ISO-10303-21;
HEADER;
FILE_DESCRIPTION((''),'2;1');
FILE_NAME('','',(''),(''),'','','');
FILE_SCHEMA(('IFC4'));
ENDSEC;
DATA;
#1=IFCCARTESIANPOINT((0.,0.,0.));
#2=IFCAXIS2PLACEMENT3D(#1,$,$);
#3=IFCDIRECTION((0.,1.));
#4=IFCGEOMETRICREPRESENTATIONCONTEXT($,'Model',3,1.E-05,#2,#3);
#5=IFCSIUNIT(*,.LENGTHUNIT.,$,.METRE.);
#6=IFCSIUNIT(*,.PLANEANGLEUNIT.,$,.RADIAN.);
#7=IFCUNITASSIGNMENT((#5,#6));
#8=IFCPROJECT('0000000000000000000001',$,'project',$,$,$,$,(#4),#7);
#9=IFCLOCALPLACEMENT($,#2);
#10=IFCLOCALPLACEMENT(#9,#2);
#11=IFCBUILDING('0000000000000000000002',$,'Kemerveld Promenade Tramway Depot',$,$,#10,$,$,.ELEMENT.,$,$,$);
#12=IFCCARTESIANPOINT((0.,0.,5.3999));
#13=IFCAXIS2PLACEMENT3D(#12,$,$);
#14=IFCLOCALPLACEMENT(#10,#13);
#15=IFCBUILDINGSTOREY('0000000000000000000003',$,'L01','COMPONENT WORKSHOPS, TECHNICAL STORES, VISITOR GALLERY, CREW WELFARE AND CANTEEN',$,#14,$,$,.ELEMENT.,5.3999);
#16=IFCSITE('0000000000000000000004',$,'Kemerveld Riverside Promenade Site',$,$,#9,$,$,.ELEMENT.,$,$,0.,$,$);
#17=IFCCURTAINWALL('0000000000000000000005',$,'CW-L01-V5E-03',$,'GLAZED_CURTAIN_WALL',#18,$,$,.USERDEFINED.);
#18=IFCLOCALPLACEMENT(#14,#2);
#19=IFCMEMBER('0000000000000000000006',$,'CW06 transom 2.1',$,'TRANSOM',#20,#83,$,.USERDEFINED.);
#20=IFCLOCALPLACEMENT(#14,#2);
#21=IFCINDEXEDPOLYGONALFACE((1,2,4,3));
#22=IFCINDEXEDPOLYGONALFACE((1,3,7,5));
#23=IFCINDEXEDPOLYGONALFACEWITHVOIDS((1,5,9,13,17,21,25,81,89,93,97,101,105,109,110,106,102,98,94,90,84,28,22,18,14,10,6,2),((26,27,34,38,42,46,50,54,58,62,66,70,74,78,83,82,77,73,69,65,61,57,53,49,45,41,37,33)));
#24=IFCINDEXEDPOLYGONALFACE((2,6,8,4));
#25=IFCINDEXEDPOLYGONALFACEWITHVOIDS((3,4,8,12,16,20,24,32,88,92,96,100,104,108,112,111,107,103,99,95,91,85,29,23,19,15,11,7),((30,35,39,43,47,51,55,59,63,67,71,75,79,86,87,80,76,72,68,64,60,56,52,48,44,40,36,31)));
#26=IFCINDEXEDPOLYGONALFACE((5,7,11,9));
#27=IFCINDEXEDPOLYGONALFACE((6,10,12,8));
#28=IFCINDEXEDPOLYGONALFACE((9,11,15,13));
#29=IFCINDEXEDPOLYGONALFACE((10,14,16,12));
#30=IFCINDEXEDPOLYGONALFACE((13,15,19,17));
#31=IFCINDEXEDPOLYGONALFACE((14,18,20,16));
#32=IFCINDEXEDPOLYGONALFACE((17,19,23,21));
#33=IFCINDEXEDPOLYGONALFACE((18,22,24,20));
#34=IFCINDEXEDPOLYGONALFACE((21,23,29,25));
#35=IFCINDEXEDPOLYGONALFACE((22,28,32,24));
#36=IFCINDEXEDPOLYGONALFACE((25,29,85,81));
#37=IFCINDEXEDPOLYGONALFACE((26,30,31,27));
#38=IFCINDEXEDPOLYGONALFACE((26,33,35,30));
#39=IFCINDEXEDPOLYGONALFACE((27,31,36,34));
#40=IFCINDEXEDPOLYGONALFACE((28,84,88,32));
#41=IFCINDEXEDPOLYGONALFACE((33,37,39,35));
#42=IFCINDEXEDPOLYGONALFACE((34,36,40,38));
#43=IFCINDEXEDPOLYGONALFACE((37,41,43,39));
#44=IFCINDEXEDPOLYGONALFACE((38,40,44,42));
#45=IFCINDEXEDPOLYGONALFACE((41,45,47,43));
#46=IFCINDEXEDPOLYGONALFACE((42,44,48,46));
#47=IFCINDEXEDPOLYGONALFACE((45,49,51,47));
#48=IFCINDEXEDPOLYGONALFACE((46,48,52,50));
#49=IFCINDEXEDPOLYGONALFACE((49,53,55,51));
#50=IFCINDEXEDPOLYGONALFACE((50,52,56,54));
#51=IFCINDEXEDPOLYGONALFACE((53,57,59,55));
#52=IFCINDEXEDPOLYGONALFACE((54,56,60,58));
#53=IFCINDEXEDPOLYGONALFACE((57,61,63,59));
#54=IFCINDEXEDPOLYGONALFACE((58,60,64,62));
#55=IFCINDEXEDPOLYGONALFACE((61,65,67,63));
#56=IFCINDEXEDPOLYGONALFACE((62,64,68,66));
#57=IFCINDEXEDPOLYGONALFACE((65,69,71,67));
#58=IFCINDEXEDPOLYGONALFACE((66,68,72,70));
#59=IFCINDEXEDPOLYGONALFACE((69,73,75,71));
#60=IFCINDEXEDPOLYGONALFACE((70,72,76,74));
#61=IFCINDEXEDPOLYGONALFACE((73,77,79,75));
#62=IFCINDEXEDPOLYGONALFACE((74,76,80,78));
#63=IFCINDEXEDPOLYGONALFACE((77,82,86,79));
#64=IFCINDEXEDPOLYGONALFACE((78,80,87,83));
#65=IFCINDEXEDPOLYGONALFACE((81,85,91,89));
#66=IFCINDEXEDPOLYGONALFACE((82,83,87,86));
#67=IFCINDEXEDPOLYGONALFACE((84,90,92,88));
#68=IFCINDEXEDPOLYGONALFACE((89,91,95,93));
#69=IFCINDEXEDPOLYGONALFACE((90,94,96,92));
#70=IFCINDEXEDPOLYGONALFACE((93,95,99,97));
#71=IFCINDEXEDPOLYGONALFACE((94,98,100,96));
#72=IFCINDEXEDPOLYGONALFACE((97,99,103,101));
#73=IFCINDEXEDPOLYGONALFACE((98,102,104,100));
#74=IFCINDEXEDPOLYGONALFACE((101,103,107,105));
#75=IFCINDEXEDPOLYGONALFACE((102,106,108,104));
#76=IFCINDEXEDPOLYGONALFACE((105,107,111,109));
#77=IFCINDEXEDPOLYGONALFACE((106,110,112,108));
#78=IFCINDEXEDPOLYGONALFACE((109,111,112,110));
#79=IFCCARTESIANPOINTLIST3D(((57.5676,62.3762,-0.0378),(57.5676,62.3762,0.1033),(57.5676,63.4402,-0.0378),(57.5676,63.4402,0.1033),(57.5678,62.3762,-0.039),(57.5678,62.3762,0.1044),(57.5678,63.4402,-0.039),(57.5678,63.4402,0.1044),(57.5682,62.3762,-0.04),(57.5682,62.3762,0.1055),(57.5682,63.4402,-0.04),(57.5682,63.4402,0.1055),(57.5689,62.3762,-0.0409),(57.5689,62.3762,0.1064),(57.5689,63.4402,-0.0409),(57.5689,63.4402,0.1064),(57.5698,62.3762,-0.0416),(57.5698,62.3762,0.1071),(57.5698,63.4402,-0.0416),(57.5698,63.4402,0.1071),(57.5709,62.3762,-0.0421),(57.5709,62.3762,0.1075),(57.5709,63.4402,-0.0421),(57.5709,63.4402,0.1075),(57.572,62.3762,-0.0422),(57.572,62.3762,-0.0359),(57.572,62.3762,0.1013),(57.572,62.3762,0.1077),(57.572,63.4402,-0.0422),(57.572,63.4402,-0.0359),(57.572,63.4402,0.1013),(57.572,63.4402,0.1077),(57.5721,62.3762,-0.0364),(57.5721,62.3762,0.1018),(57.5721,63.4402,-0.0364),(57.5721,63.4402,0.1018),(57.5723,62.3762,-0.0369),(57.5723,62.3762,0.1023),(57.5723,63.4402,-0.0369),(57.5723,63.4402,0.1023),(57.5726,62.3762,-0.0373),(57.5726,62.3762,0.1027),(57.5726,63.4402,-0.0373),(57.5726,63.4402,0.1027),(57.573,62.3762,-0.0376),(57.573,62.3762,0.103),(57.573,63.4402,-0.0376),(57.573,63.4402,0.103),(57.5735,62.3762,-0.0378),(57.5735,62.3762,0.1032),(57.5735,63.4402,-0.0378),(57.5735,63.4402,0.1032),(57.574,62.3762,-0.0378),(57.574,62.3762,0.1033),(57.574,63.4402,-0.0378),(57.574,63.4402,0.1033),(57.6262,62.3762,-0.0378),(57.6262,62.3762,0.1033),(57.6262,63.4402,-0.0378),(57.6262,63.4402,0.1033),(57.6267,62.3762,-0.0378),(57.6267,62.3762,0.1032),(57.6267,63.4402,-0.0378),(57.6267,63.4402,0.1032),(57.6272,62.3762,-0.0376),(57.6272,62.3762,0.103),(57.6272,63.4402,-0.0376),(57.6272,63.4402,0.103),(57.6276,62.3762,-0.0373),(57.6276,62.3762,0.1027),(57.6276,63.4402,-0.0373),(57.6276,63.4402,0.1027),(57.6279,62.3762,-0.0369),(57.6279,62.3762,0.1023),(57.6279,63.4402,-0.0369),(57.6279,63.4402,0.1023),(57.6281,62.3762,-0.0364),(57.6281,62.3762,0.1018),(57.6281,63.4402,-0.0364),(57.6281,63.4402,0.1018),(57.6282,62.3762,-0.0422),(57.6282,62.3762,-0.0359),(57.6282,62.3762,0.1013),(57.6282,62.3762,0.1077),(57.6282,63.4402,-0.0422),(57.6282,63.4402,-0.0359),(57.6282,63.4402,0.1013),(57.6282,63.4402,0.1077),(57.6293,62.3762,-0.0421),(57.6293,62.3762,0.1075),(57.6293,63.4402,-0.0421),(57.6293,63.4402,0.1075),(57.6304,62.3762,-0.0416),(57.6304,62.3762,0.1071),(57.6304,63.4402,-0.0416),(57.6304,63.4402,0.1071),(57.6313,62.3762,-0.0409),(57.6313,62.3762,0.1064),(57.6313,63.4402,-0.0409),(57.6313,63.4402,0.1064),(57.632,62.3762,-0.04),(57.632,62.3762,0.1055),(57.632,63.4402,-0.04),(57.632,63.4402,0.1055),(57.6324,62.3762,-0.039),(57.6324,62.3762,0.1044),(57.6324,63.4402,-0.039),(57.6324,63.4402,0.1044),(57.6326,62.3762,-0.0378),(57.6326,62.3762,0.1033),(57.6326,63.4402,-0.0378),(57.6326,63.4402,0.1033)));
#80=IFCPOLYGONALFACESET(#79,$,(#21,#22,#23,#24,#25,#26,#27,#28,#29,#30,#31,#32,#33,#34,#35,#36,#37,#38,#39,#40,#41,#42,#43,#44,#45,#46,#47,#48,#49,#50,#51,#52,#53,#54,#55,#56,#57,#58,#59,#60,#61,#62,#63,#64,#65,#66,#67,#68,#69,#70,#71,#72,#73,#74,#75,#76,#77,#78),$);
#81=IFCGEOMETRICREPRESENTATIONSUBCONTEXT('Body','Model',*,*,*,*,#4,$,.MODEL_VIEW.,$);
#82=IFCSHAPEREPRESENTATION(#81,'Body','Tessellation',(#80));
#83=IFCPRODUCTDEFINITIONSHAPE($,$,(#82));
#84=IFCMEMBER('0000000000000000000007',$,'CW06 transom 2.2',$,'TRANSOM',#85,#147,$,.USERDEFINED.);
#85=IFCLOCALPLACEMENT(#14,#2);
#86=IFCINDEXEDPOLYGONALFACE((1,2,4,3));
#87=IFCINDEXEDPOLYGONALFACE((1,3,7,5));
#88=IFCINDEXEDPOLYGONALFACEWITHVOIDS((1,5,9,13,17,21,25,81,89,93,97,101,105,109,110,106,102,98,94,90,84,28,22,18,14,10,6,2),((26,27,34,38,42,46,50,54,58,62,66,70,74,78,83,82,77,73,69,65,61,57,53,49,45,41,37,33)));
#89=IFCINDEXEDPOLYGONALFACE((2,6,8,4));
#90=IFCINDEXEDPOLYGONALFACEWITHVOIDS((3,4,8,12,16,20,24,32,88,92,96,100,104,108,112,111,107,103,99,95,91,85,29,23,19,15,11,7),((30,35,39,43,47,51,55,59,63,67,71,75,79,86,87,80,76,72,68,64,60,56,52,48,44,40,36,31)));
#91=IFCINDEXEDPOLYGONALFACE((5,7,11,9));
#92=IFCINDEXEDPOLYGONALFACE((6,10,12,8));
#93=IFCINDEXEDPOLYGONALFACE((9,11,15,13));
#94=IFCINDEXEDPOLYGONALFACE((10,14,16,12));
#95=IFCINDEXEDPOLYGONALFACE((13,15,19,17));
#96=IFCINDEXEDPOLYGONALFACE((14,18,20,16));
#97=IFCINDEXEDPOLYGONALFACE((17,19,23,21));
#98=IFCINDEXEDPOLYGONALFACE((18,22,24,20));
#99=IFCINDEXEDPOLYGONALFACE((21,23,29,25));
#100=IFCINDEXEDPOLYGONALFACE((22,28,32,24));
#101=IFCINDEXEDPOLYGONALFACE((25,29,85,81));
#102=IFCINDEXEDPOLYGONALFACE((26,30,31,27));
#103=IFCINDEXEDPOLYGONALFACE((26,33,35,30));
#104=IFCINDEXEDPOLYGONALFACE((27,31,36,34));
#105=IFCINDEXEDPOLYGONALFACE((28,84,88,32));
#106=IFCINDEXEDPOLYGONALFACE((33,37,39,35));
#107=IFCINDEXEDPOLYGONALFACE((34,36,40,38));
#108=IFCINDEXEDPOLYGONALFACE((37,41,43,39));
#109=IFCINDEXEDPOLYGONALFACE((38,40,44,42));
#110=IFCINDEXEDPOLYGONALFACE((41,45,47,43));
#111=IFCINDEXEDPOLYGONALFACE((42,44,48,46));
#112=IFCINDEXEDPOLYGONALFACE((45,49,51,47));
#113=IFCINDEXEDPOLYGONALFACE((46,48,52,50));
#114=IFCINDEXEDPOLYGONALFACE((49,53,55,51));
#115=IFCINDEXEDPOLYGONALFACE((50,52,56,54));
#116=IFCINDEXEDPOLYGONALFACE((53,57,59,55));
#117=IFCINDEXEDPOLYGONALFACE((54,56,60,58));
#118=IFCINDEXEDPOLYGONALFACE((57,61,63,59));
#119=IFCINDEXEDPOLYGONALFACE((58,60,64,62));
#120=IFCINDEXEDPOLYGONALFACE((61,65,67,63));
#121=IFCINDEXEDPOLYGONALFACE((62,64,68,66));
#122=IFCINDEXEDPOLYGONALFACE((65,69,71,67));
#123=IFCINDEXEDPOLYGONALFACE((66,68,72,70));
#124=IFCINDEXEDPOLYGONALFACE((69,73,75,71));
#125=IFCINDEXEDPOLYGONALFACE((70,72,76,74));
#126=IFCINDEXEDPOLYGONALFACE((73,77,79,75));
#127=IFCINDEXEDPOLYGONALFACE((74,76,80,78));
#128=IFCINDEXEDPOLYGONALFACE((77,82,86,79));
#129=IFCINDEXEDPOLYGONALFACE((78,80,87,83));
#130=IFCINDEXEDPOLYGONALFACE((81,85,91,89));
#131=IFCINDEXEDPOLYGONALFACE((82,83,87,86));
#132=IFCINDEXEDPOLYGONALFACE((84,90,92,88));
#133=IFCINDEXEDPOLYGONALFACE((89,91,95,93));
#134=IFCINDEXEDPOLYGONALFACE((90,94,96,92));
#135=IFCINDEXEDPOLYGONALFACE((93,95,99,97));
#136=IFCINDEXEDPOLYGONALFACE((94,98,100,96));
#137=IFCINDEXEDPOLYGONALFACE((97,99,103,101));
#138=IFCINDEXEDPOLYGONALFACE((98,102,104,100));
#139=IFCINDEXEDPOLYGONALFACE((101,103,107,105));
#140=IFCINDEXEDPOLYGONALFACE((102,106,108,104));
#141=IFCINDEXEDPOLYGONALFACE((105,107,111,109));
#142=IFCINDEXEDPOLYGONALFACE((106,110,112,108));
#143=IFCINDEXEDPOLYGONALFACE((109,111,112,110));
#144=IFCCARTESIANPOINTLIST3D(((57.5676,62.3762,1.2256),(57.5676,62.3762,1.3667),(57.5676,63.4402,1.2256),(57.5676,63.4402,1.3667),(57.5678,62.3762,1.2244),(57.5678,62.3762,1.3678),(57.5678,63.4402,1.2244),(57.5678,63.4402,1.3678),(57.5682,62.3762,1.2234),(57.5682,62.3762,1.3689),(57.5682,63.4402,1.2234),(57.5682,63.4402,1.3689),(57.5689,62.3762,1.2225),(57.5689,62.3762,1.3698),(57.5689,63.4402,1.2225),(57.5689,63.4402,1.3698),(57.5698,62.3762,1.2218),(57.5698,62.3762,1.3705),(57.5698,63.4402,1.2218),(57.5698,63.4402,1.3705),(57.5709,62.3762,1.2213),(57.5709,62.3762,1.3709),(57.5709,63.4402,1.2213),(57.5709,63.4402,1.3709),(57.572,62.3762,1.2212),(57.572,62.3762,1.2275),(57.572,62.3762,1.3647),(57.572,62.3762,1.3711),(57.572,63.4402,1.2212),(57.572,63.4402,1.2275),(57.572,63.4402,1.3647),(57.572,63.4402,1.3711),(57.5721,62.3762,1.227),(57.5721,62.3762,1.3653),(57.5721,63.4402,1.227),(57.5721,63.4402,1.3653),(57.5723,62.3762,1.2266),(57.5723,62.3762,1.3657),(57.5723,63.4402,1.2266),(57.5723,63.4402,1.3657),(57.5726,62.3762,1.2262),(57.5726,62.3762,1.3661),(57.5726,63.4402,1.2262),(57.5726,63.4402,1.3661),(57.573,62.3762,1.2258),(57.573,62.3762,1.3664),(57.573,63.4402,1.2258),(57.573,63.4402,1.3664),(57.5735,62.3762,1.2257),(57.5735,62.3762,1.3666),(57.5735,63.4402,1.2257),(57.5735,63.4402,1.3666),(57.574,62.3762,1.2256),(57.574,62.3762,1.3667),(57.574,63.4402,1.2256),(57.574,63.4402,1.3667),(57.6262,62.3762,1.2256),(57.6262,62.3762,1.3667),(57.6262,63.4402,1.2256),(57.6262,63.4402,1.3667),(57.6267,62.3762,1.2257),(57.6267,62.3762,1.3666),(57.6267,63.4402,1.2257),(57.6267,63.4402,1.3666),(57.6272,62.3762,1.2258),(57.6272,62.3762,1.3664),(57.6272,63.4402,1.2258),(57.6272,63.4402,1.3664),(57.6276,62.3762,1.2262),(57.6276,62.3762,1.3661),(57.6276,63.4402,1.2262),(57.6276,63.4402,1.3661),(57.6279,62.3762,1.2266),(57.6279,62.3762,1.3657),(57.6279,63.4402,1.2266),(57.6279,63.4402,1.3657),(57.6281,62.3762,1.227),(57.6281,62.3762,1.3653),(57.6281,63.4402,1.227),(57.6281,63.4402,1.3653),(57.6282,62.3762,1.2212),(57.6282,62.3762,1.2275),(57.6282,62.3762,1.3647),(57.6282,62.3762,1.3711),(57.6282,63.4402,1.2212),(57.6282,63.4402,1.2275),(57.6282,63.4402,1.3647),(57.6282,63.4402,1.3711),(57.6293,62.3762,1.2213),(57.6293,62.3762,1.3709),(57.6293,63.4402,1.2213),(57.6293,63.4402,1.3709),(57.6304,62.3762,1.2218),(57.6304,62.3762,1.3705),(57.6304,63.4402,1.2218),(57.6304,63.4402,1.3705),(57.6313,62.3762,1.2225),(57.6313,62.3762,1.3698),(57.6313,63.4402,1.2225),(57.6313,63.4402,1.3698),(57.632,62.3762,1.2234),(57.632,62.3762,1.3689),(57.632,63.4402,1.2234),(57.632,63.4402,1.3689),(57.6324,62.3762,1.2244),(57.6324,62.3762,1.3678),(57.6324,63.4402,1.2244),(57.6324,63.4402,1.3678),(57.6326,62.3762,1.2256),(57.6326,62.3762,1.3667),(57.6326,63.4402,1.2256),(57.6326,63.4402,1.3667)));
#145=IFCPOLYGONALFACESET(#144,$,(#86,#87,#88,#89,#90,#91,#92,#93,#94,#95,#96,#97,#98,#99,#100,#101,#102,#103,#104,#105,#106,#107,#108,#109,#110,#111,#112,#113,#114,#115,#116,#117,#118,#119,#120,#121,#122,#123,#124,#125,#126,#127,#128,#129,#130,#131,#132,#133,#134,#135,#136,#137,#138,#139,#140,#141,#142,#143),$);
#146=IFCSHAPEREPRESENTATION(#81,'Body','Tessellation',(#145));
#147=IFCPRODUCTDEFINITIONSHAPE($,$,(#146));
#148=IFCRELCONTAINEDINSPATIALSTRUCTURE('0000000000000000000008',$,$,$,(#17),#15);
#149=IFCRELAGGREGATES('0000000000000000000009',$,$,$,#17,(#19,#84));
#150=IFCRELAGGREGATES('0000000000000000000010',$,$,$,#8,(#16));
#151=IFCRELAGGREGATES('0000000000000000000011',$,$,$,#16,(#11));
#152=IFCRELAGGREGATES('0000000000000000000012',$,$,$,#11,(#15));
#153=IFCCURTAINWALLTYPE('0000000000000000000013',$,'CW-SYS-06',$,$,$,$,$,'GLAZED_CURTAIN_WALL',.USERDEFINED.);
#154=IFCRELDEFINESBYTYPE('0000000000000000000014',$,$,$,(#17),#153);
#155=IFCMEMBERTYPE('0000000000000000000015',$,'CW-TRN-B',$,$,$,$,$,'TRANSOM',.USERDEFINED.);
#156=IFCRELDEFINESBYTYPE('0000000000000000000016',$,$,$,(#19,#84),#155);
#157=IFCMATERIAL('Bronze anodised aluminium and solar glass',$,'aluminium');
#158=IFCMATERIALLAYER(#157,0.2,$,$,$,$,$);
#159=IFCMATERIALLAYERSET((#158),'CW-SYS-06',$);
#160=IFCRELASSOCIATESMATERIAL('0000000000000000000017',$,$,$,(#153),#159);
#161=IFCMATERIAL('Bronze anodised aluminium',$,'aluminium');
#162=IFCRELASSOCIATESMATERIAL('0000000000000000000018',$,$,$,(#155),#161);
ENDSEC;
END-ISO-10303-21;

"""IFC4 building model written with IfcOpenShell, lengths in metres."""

from ifc_helpers import new_model, si_unit, direction, frame, origin, origin_2d, place, context, subcontext, project, spatial, hollow_rectangle, extrude, material, layer, layer_set, material_profile, profile_set, type_object, element, aggregate, save


model = new_model("IFC4")

# Units and contexts
model_context = context("Model", 3, precision=1e-05, world=origin(), true_north=direction((0.0, 1.0)))
body_context = subcontext(model_context, "Body", "Model", "MODEL_VIEW")
ifc_project = project(units=[si_unit("LENGTHUNIT", "METRE"), si_unit("PLANEANGLEUNIT", "RADIAN")], contexts=[model_context])

# Site, building, storey
site_placement = place(None, origin())
site = spatial("IfcSite", under=ifc_project, at=site_placement, Name="Kemerveld Riverside Promenade Site", CompositionType="ELEMENT", RefElevation=0.0)
building_placement = place(site_placement, origin())
building = spatial("IfcBuilding", under=site, at=building_placement, Name="Kemerveld Promenade Tramway Depot", CompositionType="ELEMENT")
storey_placement = place(building_placement, frame((0.0, 0.0, 5.3999)))
storey = spatial("IfcBuildingStorey", under=building, at=storey_placement, Name="L01", Description="COMPONENT WORKSHOPS, TECHNICAL STORES, VISITOR GALLERY, CREW WELFARE AND CANTEEN", CompositionType="ELEMENT", Elevation=5.3999)

# Shared definitions
ifc_material_1 = material(Name="Bronze anodised aluminium and solar glass", Category="aluminium")
ifc_material_2 = material(Name="Bronze anodised aluminium", Category="aluminium")

# Curtain wall
ifc_layer_1 = layer(ifc_material_1, 0.2)
ifc_layer_set_1 = layer_set([ifc_layer_1], Name="CW-SYS-06")
curtain_wall_type_1 = type_object("IfcCurtainWallType", Name="CW-SYS-06", ElementType="GLAZED_CURTAIN_WALL", PredefinedType="USERDEFINED", material=ifc_layer_set_1)
curtain_wall_1_placement = place(storey_placement, origin())
curtain_wall_1 = element("IfcCurtainWall", 1, at=curtain_wall_1_placement, inside=storey, type_object=curtain_wall_type_1, Name="CW-L01-V5E-03", ObjectType="GLAZED_CURTAIN_WALL", PredefinedType="USERDEFINED")

# Members
ifc_material_profile_1 = material_profile(ifc_material_2, hollow_rectangle(XDim=0.0649, YDim=0.1499, WallThickness=0.0044, InnerFilletRadius=0.002, OuterFilletRadius=0.0044, at=origin_2d()), Name="CW-TRN-150x65")
ifc_profile_set_1 = profile_set([ifc_material_profile_1], Name="Bronze anodised aluminium")
member_type_1 = type_object("IfcMemberType", Name="CW-TRN-B", ElementType="TRANSOM", PredefinedType="USERDEFINED", material=ifc_profile_set_1)
member_1_placement = place(storey_placement, frame((57.6001, 63.4402, 0.0327), z_axis=(0.0, -1.0, 0.0), x_axis=(1.0, 0.0, 0.0)))
member_1 = element("IfcMember", 2, at=member_1_placement, type_object=member_type_1, Name="CW06 transom 2.1", ObjectType="TRANSOM", PredefinedType="USERDEFINED", context=body_context, shape_type="SweptSolid", body=[
    extrude(hollow_rectangle(XDim=0.0649, YDim=0.1499, WallThickness=0.0044, InnerFilletRadius=0.002, OuterFilletRadius=0.0044, at=origin_2d()), origin(), (0.0, 0.0, 1.0), 1.064),
])
member_2_placement = place(storey_placement, frame((57.6001, 63.4402, 1.2961), z_axis=(0.0, -1.0, 0.0), x_axis=(1.0, 0.0, 0.0)))
member_2 = element("IfcMember", 3, at=member_2_placement, type_object=member_type_1, Name="CW06 transom 2.2", ObjectType="TRANSOM", PredefinedType="USERDEFINED", context=body_context, shape_type="SweptSolid", body=[
    extrude(hollow_rectangle(XDim=0.0649, YDim=0.1499, WallThickness=0.0044, InnerFilletRadius=0.002, OuterFilletRadius=0.0044, at=origin_2d()), origin(), (0.0, 0.0, 1.0), 1.064),
])

aggregate(curtain_wall_1, [member_1, member_2])

save(model, "model.ifc")
